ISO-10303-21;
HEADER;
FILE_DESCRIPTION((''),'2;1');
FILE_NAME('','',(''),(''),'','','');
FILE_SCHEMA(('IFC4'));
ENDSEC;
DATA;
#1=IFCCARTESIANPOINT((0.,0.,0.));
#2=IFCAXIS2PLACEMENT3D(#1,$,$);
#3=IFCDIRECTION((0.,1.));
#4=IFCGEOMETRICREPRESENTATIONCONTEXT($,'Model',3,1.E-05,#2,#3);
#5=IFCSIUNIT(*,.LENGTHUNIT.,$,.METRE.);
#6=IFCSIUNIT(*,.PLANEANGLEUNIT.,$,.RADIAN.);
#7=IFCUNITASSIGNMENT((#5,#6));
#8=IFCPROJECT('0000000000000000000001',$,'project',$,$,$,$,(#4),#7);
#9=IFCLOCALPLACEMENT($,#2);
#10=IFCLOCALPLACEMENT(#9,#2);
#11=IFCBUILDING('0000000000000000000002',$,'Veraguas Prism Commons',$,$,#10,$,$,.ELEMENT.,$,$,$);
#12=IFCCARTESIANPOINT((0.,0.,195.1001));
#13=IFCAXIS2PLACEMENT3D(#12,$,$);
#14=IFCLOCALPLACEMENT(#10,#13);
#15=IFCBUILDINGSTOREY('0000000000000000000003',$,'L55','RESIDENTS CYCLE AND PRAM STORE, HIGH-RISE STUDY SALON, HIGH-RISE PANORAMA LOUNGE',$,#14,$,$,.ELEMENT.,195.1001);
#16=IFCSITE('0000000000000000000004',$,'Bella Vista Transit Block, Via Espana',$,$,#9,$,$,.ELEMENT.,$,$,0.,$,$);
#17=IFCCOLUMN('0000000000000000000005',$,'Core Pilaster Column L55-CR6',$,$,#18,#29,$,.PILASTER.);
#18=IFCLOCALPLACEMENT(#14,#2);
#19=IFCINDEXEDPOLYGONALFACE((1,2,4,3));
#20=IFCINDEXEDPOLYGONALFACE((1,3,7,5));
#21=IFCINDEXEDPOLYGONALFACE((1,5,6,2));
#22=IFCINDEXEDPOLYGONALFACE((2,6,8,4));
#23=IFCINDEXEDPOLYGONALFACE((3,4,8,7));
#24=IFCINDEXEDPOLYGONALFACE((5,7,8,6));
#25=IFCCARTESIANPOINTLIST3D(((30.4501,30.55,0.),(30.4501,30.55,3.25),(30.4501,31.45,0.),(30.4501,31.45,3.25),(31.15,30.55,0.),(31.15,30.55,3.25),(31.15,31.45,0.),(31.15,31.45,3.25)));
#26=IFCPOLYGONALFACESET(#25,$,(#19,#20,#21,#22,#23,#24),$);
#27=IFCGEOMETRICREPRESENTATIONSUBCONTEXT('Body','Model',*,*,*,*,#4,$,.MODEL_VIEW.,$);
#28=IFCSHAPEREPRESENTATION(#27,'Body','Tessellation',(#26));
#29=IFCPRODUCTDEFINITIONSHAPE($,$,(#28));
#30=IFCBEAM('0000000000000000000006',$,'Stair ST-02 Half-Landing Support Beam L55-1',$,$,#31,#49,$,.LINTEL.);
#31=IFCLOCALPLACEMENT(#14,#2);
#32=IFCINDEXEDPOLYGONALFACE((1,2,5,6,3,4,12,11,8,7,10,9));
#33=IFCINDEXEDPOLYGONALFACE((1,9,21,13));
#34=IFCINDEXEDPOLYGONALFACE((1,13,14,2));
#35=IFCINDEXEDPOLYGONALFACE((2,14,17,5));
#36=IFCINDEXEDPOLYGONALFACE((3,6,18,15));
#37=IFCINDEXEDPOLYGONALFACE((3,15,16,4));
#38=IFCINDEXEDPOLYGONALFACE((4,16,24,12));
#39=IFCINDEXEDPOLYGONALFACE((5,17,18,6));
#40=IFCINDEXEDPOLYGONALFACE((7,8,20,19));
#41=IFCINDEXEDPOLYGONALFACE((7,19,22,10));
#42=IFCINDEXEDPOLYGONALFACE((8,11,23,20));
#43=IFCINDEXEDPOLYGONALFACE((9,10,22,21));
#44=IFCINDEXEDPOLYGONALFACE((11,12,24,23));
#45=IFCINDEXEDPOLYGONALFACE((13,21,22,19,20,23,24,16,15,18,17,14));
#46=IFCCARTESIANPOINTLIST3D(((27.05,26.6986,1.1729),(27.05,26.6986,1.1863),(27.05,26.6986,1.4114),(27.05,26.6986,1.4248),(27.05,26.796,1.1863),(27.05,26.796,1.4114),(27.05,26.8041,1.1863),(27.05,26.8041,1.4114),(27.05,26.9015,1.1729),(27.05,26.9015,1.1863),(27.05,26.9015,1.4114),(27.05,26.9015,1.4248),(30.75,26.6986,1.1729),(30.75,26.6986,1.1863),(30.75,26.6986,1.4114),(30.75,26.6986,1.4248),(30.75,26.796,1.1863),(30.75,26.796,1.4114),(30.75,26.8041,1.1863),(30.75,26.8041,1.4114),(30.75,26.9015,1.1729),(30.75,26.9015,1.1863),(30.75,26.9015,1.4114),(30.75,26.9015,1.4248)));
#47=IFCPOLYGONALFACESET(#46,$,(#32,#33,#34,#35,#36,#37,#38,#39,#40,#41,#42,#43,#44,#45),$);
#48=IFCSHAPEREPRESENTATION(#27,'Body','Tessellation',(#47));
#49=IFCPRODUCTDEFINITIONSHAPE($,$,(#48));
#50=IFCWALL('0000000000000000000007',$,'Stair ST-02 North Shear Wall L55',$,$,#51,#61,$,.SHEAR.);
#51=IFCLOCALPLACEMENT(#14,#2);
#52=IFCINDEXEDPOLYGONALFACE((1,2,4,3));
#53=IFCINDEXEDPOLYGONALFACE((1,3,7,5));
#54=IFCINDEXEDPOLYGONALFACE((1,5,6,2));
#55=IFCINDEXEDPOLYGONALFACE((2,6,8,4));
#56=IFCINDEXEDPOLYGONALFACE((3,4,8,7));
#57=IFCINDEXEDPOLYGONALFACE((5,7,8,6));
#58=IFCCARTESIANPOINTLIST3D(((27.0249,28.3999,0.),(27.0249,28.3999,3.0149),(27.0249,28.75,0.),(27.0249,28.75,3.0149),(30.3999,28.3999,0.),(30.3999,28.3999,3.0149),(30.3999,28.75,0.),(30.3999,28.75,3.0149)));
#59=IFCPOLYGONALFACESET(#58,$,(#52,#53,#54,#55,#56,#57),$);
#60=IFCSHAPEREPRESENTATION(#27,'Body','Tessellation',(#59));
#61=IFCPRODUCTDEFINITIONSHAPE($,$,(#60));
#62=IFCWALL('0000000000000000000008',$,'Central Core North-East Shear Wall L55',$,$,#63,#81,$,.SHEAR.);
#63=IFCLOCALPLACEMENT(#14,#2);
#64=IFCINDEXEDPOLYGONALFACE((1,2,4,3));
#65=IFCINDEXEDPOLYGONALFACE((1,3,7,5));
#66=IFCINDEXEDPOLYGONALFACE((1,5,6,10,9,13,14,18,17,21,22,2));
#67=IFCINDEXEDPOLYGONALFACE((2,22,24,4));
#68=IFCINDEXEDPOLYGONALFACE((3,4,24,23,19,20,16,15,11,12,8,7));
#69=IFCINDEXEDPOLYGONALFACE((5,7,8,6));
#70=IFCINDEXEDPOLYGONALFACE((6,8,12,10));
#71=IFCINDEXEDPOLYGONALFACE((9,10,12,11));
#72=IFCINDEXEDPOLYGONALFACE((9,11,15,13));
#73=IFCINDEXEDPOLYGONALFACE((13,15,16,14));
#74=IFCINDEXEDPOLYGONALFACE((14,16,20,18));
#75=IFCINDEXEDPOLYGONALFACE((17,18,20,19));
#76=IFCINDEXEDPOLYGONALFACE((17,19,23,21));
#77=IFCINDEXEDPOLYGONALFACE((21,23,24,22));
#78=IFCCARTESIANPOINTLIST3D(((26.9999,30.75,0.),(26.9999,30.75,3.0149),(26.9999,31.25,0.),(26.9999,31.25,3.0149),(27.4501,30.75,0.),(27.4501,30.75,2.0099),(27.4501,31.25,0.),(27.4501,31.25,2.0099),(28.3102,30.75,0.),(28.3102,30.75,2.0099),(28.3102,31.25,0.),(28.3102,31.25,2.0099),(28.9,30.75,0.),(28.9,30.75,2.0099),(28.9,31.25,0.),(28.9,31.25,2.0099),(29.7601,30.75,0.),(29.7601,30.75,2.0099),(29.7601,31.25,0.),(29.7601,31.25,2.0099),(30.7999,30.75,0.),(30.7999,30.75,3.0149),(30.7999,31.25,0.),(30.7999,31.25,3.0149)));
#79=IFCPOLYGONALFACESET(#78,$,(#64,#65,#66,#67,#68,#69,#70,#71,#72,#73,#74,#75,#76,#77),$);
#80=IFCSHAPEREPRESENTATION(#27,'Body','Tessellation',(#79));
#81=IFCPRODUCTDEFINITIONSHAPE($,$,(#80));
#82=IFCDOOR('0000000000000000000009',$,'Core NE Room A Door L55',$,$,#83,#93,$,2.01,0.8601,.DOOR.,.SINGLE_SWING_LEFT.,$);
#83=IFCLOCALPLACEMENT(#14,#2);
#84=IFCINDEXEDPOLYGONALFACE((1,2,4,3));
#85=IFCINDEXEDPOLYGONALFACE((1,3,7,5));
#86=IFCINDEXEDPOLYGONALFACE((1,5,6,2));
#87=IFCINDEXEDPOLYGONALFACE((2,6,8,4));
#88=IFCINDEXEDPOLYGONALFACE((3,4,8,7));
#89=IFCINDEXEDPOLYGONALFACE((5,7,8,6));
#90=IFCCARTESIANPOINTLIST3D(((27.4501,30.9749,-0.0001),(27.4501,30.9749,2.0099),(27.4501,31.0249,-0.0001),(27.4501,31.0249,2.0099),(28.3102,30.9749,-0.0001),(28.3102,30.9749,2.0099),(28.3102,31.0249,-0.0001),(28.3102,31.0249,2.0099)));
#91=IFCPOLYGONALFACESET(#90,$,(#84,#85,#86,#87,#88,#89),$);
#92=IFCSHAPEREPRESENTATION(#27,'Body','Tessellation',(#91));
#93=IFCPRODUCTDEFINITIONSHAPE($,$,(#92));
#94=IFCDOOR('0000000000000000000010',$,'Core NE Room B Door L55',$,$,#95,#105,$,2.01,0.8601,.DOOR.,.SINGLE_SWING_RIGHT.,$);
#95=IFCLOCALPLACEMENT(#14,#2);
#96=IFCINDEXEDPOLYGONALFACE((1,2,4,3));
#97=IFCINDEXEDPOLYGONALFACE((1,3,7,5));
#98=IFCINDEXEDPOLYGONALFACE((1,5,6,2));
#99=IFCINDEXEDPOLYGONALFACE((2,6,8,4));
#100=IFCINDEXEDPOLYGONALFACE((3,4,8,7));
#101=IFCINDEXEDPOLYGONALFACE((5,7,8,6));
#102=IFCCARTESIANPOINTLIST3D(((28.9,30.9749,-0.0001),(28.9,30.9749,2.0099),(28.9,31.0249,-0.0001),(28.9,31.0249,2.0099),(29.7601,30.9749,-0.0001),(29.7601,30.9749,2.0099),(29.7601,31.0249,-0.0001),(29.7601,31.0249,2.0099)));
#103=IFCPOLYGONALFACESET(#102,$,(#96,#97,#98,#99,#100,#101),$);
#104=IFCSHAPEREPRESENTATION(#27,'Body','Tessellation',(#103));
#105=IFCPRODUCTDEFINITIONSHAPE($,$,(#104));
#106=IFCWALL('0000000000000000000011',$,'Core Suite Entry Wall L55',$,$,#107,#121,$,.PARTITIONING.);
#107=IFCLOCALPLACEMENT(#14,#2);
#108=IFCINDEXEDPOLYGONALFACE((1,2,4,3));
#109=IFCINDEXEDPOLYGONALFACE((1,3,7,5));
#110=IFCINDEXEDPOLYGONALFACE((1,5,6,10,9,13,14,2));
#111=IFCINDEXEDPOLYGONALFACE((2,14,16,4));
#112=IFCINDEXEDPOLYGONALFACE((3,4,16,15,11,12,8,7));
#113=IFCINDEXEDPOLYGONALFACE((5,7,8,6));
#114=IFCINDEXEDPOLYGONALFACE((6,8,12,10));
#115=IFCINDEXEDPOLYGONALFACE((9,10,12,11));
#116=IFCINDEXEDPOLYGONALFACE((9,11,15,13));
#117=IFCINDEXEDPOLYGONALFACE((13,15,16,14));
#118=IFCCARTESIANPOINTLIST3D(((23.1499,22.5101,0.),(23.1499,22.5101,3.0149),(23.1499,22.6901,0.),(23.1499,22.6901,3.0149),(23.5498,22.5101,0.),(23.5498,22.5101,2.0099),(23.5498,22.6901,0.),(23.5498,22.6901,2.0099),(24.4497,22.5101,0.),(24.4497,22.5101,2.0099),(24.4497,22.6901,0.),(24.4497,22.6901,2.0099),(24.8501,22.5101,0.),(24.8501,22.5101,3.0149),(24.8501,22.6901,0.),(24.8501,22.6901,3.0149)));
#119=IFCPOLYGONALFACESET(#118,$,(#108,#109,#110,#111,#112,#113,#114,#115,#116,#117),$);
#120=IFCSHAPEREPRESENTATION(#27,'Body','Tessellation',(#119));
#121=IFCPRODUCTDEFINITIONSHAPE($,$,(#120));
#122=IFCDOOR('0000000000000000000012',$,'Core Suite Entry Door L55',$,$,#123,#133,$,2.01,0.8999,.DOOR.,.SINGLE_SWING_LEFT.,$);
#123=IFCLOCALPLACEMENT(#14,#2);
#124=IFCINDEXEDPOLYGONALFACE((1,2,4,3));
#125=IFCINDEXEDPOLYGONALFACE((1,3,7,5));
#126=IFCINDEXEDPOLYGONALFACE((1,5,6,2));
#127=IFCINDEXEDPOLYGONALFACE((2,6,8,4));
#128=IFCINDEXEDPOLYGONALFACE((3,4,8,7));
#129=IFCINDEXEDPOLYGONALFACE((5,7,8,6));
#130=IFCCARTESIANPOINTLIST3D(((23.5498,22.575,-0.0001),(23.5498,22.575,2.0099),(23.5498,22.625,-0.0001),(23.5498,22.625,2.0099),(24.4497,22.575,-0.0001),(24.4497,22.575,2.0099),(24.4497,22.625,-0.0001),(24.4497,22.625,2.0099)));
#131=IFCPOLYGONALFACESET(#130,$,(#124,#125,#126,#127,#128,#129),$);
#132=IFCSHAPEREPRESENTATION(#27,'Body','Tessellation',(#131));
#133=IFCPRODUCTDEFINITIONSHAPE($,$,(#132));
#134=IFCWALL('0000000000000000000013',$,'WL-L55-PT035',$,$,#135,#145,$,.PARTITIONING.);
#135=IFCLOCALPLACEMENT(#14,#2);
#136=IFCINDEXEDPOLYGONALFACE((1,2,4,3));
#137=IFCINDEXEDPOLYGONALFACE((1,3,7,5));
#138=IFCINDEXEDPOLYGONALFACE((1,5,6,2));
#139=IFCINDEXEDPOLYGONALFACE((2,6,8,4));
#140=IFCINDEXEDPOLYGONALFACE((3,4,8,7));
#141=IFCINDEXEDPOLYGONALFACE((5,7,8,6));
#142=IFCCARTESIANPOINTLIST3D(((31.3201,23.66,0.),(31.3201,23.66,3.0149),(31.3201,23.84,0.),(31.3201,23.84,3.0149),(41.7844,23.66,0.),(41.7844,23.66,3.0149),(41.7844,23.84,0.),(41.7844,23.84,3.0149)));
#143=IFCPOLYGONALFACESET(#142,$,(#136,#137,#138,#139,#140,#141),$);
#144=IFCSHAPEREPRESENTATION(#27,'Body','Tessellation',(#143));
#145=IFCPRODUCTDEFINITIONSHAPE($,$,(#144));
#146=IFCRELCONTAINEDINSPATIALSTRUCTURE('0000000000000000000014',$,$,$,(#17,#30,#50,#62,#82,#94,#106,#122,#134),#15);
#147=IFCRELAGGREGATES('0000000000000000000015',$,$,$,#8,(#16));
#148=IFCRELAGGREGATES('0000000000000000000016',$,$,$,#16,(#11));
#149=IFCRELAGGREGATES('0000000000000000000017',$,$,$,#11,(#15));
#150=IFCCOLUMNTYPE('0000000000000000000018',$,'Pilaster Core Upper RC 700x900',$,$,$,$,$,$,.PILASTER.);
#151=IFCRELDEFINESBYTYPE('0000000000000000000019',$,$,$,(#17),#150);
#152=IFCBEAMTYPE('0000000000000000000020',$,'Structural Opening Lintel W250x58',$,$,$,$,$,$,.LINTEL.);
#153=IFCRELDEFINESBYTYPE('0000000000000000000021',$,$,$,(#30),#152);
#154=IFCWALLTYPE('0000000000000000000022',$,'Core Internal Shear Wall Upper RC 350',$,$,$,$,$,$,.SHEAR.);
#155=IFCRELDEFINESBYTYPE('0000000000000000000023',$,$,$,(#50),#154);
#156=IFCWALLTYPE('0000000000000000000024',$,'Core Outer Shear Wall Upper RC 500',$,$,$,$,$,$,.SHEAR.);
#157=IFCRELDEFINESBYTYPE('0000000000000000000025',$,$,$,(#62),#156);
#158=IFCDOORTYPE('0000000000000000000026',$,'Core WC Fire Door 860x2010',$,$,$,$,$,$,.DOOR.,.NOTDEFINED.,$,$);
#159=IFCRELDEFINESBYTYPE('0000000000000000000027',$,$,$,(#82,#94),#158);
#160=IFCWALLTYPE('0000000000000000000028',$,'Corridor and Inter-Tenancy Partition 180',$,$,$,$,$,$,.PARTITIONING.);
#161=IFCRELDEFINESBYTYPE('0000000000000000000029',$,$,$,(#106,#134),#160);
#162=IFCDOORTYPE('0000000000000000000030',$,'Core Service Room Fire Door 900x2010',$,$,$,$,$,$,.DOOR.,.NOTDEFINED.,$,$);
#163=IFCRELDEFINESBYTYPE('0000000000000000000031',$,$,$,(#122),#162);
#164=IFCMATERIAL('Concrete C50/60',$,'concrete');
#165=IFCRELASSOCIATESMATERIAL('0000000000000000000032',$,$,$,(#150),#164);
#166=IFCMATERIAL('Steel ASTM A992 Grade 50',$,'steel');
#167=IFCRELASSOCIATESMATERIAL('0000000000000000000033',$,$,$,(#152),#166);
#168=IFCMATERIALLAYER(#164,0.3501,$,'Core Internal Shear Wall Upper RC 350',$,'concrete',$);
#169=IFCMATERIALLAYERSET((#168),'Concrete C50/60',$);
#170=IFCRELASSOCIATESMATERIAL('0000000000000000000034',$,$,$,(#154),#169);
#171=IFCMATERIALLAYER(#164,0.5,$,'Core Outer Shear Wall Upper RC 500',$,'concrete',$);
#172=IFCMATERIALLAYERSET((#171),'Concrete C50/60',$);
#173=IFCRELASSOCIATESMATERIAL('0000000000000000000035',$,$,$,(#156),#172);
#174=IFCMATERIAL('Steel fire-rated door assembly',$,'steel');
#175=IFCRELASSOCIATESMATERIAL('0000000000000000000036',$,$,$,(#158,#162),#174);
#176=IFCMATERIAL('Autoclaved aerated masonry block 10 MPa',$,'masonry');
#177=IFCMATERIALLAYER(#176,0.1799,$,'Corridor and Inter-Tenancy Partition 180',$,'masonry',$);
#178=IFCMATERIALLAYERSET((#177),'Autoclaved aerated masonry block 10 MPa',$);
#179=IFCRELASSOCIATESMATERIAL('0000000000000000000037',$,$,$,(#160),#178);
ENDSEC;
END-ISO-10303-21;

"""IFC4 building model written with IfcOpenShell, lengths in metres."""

from ifc_helpers import new_model, si_unit, direction, frame, frame_2d, origin, origin_2d, place, context, subcontext, project, spatial, rectangle, i_section, extrude, source, transform, mapped, material, layer, layer_set, material_profile, profile_set, type_object, element, fill, save


model = new_model("IFC4")

# Units and contexts
model_context = context("Model", 3, precision=1e-05, world=origin(), true_north=direction((0.0, 1.0)))
body_context = subcontext(model_context, "Body", "Model", "MODEL_VIEW")
ifc_project = project(units=[si_unit("LENGTHUNIT", "METRE"), si_unit("PLANEANGLEUNIT", "RADIAN")], contexts=[model_context])

# Site, building, storey
site_placement = place(None, origin())
site = spatial("IfcSite", under=ifc_project, at=site_placement, Name="Bella Vista Transit Block, Via Espana", CompositionType="ELEMENT", RefElevation=0.0)
building_placement = place(site_placement, origin())
building = spatial("IfcBuilding", under=site, at=building_placement, Name="Veraguas Prism Commons", CompositionType="ELEMENT")
storey_placement = place(building_placement, frame((0.0, 0.0, 195.1001)))
storey = spatial("IfcBuildingStorey", under=building, at=storey_placement, Name="L55", Description="RESIDENTS CYCLE AND PRAM STORE, HIGH-RISE STUDY SALON, HIGH-RISE PANORAMA LOUNGE", CompositionType="ELEMENT", Elevation=195.1001)

# Column
ifc_material_1 = material(Name="Concrete C50/60", Category="concrete")
ifc_material_profile_1 = material_profile(ifc_material_1, rectangle(XDim=0.7, YDim=0.8999, at=origin_2d()), Name="RC700X900")
ifc_profile_set_1 = profile_set([ifc_material_profile_1], Name="Concrete C50/60")
column_type = type_object("IfcColumnType", Name="Pilaster Core Upper RC 700x900", PredefinedType="PILASTER", material=ifc_profile_set_1)
column_placement = place(storey_placement, frame((30.8, 31.0, 0.0), z_axis=(0.0, 0.0, 1.0), x_axis=(1.0, 0.0, 0.0)))
element("IfcColumn", 1, at=column_placement, inside=storey, type_object=column_type, Name="Core Pilaster Column L55-CR6", PredefinedType="PILASTER", context=body_context, shape_type="SweptSolid", body=[
    extrude(rectangle(XDim=0.7, YDim=0.8999, at=origin_2d()), origin(), (0.0, 0.0, 1.0), 3.25),
])

# Beam
ifc_material_2 = material(Name="Steel ASTM A992 Grade 50", Category="steel")
ifc_material_profile_2 = material_profile(ifc_material_2, i_section(OverallWidth=0.2029, OverallDepth=0.252, WebThickness=0.0081, FlangeThickness=0.0134, at=origin_2d()), Name="W250X58")
ifc_profile_set_2 = profile_set([ifc_material_profile_2], Name="Steel ASTM A992 Grade 50")
beam_type = type_object("IfcBeamType", Name="Structural Opening Lintel W250x58", PredefinedType="LINTEL", material=ifc_profile_set_2)
beam_placement = place(storey_placement, frame((27.05, 26.8, 1.2988), z_axis=(1.0, 0.0, 0.0), x_axis=(0.0, 1.0, 0.0)))
element("IfcBeam", 2, at=beam_placement, inside=storey, type_object=beam_type, Name="Stair ST-02 Half-Landing Support Beam L55-1", PredefinedType="LINTEL", context=body_context, shape_type="SweptSolid", body=[
    extrude(i_section(OverallWidth=0.2029, OverallDepth=0.252, WebThickness=0.0081, FlangeThickness=0.0134, at=origin_2d()), origin(), (0.0, 0.0, 1.0), 3.7),
])

# Wall
ifc_layer_1 = layer(ifc_material_1, 0.3501, Name="Core Internal Shear Wall Upper RC 350", Category="concrete")
ifc_layer_set_1 = layer_set([ifc_layer_1], Name="Concrete C50/60")
wall_type_1 = type_object("IfcWallType", Name="Core Internal Shear Wall Upper RC 350", PredefinedType="SHEAR", material=ifc_layer_set_1)
wall_1_placement = place(storey_placement, frame((27.0249, 28.575, 0.0), z_axis=(0.0, 0.0, 1.0), x_axis=(1.0, 0.0, 0.0)))
element("IfcWall", 3, at=wall_1_placement, inside=storey, type_object=wall_type_1, Name="Stair ST-02 North Shear Wall L55", PredefinedType="SHEAR", context=body_context, shape_type="SweptSolid", body=[
    extrude(rectangle(XDim=3.375, YDim=0.3501, at=frame_2d((1.6875, 0.0))), origin(), (0.0, 0.0, 1.0), 3.0149),
])

# Wall, openings, doors
ifc_layer_2 = layer(ifc_material_1, 0.5, Name="Core Outer Shear Wall Upper RC 500", Category="concrete")
ifc_layer_set_2 = layer_set([ifc_layer_2], Name="Concrete C50/60")
wall_type_2 = type_object("IfcWallType", Name="Core Outer Shear Wall Upper RC 500", PredefinedType="SHEAR", material=ifc_layer_set_2)
wall_2_placement = place(storey_placement, frame((27.0, 31.0, 0.0), z_axis=(0.0, 0.0, 1.0), x_axis=(1.0, 0.0, 0.0)))
wall_2 = element("IfcWall", 4, at=wall_2_placement, inside=storey, type_object=wall_type_2, Name="Central Core North-East Shear Wall L55", PredefinedType="SHEAR", context=body_context, shape_type="SweptSolid", body=[
    extrude(rectangle(XDim=3.8, YDim=0.5, at=frame_2d((1.8999, 0.0))), origin(), (0.0, 0.0, 1.0), 3.0149),
])
opening_1_placement = place(wall_2_placement, frame((0.45, 0.0, 0.0)))
opening_1 = element("IfcOpeningElement", 5, at=opening_1_placement, cuts=wall_2, PredefinedType="OPENING", context=body_context, shape_type="SweptSolid", body=[
    extrude(rectangle(XDim=0.8601, YDim=2.01, at=frame_2d((0.4302, 1.0049))), frame((0.0, 0.26, 0.0), z_axis=(0.0, -1.0, 0.0), x_axis=(1.0, 0.0, 0.0)), (0.0, 0.0, 1.0), 0.52),
])
opening_2_placement = place(wall_2_placement, frame((1.8999, 0.0, 0.0)))
opening_2 = element("IfcOpeningElement", 6, at=opening_2_placement, cuts=wall_2, PredefinedType="OPENING", context=body_context, shape_type="SweptSolid", body=[
    extrude(rectangle(XDim=0.8601, YDim=2.01, at=frame_2d((0.4302, 1.0049))), frame((0.0, 0.26, 0.0), z_axis=(0.0, -1.0, 0.0), x_axis=(1.0, 0.0, 0.0)), (0.0, 0.0, 1.0), 0.52),
])
ifc_material_3 = material(Name="Steel fire-rated door assembly", Category="steel")
door_type_1 = type_object("IfcDoorType", Name="Core WC Fire Door 860x2010", OperationType="NOTDEFINED", PredefinedType="DOOR", material=ifc_material_3)
shared_shape_1 = source(origin(), body_context, "Body", "SweptSolid", [
    extrude(rectangle(XDim=0.8601, YDim=2.01, at=frame_2d((0.4302, 1.0049))), frame((0.0, 0.0249, 0.0), z_axis=(0.0, -1.0, 0.0), x_axis=(1.0, 0.0, 0.0)), (0.0, 0.0, 1.0), 0.05),
])
door_1_placement = place(opening_1_placement, origin())
door_1 = element("IfcDoor", 7, at=door_1_placement, inside=storey, type_object=door_type_1, Name="Core NE Room A Door L55", OperationType="SINGLE_SWING_LEFT", OverallHeight=2.01, OverallWidth=0.8601, PredefinedType="DOOR", context=body_context, shape_type="MappedRepresentation", body=[
    mapped(shared_shape_1, transform((0.0, 0.0, 0.0), scale=1.0)),
])
fill(opening_1, door_1)
door_2_placement = place(opening_2_placement, origin())
door_2 = element("IfcDoor", 8, at=door_2_placement, inside=storey, type_object=door_type_1, Name="Core NE Room B Door L55", OperationType="SINGLE_SWING_RIGHT", OverallHeight=2.01, OverallWidth=0.8601, PredefinedType="DOOR", context=body_context, shape_type="MappedRepresentation", body=[
    mapped(shared_shape_1, transform((0.0, 0.0, 0.0), scale=1.0)),
])
fill(opening_2, door_2)

# Wall, opening, door
ifc_material_4 = material(Name="Autoclaved aerated masonry block 10 MPa", Category="masonry")
ifc_layer_3 = layer(ifc_material_4, 0.1799, Name="Corridor and Inter-Tenancy Partition 180", Category="masonry")
ifc_layer_set_3 = layer_set([ifc_layer_3], Name="Autoclaved aerated masonry block 10 MPa")
wall_type_3 = type_object("IfcWallType", Name="Corridor and Inter-Tenancy Partition 180", PredefinedType="PARTITIONING", material=ifc_layer_set_3)
wall_3_placement = place(storey_placement, frame((23.1499, 22.6001, 0.0), z_axis=(0.0, 0.0, 1.0), x_axis=(1.0, 0.0, 0.0)))
wall_3 = element("IfcWall", 9, at=wall_3_placement, inside=storey, type_object=wall_type_3, Name="Core Suite Entry Wall L55", PredefinedType="PARTITIONING", context=body_context, shape_type="SweptSolid", body=[
    extrude(rectangle(XDim=1.7002, YDim=0.1799, at=frame_2d((0.8501, 0.0))), origin(), (0.0, 0.0, 1.0), 3.0149),
])
opening_3_placement = place(wall_3_placement, frame((0.3999, 0.0, 0.0)))
opening_3 = element("IfcOpeningElement", 10, at=opening_3_placement, cuts=wall_3, PredefinedType="OPENING", context=body_context, shape_type="SweptSolid", body=[
    extrude(rectangle(XDim=0.8999, YDim=2.01, at=frame_2d((0.45, 1.0049))), frame((0.0, 0.0999, 0.0), z_axis=(0.0, -1.0, 0.0), x_axis=(1.0, 0.0, 0.0)), (0.0, 0.0, 1.0), 0.2),
])
door_type_2 = type_object("IfcDoorType", Name="Core Service Room Fire Door 900x2010", OperationType="NOTDEFINED", PredefinedType="DOOR", material=ifc_material_3)
shared_shape_2 = source(origin(), body_context, "Body", "SweptSolid", [
    extrude(rectangle(XDim=0.8999, YDim=2.01, at=frame_2d((0.45, 1.0049))), frame((0.0, 0.0249, 0.0), z_axis=(0.0, -1.0, 0.0), x_axis=(1.0, 0.0, 0.0)), (0.0, 0.0, 1.0), 0.05),
])
door_3_placement = place(opening_3_placement, origin())
door_3 = element("IfcDoor", 11, at=door_3_placement, inside=storey, type_object=door_type_2, Name="Core Suite Entry Door L55", OperationType="SINGLE_SWING_LEFT", OverallHeight=2.01, OverallWidth=0.8999, PredefinedType="DOOR", context=body_context, shape_type="MappedRepresentation", body=[
    mapped(shared_shape_2, transform((0.0, 0.0, 0.0), scale=1.0)),
])
fill(opening_3, door_3)

# Wall
wall_4_placement = place(storey_placement, frame((31.3201, 23.75, 0.0), z_axis=(0.0, 0.0, 1.0), x_axis=(1.0, 0.0, 0.0)))
element("IfcWall", 12, at=wall_4_placement, inside=storey, type_object=wall_type_3, Name="WL-L55-PT035", PredefinedType="PARTITIONING", context=body_context, shape_type="SweptSolid", body=[
    extrude(rectangle(XDim=10.4644, YDim=0.1799, at=frame_2d((5.2322, 0.0))), origin(), (0.0, 0.0, 1.0), 3.0149),
])

save(model, "model.ifc")
